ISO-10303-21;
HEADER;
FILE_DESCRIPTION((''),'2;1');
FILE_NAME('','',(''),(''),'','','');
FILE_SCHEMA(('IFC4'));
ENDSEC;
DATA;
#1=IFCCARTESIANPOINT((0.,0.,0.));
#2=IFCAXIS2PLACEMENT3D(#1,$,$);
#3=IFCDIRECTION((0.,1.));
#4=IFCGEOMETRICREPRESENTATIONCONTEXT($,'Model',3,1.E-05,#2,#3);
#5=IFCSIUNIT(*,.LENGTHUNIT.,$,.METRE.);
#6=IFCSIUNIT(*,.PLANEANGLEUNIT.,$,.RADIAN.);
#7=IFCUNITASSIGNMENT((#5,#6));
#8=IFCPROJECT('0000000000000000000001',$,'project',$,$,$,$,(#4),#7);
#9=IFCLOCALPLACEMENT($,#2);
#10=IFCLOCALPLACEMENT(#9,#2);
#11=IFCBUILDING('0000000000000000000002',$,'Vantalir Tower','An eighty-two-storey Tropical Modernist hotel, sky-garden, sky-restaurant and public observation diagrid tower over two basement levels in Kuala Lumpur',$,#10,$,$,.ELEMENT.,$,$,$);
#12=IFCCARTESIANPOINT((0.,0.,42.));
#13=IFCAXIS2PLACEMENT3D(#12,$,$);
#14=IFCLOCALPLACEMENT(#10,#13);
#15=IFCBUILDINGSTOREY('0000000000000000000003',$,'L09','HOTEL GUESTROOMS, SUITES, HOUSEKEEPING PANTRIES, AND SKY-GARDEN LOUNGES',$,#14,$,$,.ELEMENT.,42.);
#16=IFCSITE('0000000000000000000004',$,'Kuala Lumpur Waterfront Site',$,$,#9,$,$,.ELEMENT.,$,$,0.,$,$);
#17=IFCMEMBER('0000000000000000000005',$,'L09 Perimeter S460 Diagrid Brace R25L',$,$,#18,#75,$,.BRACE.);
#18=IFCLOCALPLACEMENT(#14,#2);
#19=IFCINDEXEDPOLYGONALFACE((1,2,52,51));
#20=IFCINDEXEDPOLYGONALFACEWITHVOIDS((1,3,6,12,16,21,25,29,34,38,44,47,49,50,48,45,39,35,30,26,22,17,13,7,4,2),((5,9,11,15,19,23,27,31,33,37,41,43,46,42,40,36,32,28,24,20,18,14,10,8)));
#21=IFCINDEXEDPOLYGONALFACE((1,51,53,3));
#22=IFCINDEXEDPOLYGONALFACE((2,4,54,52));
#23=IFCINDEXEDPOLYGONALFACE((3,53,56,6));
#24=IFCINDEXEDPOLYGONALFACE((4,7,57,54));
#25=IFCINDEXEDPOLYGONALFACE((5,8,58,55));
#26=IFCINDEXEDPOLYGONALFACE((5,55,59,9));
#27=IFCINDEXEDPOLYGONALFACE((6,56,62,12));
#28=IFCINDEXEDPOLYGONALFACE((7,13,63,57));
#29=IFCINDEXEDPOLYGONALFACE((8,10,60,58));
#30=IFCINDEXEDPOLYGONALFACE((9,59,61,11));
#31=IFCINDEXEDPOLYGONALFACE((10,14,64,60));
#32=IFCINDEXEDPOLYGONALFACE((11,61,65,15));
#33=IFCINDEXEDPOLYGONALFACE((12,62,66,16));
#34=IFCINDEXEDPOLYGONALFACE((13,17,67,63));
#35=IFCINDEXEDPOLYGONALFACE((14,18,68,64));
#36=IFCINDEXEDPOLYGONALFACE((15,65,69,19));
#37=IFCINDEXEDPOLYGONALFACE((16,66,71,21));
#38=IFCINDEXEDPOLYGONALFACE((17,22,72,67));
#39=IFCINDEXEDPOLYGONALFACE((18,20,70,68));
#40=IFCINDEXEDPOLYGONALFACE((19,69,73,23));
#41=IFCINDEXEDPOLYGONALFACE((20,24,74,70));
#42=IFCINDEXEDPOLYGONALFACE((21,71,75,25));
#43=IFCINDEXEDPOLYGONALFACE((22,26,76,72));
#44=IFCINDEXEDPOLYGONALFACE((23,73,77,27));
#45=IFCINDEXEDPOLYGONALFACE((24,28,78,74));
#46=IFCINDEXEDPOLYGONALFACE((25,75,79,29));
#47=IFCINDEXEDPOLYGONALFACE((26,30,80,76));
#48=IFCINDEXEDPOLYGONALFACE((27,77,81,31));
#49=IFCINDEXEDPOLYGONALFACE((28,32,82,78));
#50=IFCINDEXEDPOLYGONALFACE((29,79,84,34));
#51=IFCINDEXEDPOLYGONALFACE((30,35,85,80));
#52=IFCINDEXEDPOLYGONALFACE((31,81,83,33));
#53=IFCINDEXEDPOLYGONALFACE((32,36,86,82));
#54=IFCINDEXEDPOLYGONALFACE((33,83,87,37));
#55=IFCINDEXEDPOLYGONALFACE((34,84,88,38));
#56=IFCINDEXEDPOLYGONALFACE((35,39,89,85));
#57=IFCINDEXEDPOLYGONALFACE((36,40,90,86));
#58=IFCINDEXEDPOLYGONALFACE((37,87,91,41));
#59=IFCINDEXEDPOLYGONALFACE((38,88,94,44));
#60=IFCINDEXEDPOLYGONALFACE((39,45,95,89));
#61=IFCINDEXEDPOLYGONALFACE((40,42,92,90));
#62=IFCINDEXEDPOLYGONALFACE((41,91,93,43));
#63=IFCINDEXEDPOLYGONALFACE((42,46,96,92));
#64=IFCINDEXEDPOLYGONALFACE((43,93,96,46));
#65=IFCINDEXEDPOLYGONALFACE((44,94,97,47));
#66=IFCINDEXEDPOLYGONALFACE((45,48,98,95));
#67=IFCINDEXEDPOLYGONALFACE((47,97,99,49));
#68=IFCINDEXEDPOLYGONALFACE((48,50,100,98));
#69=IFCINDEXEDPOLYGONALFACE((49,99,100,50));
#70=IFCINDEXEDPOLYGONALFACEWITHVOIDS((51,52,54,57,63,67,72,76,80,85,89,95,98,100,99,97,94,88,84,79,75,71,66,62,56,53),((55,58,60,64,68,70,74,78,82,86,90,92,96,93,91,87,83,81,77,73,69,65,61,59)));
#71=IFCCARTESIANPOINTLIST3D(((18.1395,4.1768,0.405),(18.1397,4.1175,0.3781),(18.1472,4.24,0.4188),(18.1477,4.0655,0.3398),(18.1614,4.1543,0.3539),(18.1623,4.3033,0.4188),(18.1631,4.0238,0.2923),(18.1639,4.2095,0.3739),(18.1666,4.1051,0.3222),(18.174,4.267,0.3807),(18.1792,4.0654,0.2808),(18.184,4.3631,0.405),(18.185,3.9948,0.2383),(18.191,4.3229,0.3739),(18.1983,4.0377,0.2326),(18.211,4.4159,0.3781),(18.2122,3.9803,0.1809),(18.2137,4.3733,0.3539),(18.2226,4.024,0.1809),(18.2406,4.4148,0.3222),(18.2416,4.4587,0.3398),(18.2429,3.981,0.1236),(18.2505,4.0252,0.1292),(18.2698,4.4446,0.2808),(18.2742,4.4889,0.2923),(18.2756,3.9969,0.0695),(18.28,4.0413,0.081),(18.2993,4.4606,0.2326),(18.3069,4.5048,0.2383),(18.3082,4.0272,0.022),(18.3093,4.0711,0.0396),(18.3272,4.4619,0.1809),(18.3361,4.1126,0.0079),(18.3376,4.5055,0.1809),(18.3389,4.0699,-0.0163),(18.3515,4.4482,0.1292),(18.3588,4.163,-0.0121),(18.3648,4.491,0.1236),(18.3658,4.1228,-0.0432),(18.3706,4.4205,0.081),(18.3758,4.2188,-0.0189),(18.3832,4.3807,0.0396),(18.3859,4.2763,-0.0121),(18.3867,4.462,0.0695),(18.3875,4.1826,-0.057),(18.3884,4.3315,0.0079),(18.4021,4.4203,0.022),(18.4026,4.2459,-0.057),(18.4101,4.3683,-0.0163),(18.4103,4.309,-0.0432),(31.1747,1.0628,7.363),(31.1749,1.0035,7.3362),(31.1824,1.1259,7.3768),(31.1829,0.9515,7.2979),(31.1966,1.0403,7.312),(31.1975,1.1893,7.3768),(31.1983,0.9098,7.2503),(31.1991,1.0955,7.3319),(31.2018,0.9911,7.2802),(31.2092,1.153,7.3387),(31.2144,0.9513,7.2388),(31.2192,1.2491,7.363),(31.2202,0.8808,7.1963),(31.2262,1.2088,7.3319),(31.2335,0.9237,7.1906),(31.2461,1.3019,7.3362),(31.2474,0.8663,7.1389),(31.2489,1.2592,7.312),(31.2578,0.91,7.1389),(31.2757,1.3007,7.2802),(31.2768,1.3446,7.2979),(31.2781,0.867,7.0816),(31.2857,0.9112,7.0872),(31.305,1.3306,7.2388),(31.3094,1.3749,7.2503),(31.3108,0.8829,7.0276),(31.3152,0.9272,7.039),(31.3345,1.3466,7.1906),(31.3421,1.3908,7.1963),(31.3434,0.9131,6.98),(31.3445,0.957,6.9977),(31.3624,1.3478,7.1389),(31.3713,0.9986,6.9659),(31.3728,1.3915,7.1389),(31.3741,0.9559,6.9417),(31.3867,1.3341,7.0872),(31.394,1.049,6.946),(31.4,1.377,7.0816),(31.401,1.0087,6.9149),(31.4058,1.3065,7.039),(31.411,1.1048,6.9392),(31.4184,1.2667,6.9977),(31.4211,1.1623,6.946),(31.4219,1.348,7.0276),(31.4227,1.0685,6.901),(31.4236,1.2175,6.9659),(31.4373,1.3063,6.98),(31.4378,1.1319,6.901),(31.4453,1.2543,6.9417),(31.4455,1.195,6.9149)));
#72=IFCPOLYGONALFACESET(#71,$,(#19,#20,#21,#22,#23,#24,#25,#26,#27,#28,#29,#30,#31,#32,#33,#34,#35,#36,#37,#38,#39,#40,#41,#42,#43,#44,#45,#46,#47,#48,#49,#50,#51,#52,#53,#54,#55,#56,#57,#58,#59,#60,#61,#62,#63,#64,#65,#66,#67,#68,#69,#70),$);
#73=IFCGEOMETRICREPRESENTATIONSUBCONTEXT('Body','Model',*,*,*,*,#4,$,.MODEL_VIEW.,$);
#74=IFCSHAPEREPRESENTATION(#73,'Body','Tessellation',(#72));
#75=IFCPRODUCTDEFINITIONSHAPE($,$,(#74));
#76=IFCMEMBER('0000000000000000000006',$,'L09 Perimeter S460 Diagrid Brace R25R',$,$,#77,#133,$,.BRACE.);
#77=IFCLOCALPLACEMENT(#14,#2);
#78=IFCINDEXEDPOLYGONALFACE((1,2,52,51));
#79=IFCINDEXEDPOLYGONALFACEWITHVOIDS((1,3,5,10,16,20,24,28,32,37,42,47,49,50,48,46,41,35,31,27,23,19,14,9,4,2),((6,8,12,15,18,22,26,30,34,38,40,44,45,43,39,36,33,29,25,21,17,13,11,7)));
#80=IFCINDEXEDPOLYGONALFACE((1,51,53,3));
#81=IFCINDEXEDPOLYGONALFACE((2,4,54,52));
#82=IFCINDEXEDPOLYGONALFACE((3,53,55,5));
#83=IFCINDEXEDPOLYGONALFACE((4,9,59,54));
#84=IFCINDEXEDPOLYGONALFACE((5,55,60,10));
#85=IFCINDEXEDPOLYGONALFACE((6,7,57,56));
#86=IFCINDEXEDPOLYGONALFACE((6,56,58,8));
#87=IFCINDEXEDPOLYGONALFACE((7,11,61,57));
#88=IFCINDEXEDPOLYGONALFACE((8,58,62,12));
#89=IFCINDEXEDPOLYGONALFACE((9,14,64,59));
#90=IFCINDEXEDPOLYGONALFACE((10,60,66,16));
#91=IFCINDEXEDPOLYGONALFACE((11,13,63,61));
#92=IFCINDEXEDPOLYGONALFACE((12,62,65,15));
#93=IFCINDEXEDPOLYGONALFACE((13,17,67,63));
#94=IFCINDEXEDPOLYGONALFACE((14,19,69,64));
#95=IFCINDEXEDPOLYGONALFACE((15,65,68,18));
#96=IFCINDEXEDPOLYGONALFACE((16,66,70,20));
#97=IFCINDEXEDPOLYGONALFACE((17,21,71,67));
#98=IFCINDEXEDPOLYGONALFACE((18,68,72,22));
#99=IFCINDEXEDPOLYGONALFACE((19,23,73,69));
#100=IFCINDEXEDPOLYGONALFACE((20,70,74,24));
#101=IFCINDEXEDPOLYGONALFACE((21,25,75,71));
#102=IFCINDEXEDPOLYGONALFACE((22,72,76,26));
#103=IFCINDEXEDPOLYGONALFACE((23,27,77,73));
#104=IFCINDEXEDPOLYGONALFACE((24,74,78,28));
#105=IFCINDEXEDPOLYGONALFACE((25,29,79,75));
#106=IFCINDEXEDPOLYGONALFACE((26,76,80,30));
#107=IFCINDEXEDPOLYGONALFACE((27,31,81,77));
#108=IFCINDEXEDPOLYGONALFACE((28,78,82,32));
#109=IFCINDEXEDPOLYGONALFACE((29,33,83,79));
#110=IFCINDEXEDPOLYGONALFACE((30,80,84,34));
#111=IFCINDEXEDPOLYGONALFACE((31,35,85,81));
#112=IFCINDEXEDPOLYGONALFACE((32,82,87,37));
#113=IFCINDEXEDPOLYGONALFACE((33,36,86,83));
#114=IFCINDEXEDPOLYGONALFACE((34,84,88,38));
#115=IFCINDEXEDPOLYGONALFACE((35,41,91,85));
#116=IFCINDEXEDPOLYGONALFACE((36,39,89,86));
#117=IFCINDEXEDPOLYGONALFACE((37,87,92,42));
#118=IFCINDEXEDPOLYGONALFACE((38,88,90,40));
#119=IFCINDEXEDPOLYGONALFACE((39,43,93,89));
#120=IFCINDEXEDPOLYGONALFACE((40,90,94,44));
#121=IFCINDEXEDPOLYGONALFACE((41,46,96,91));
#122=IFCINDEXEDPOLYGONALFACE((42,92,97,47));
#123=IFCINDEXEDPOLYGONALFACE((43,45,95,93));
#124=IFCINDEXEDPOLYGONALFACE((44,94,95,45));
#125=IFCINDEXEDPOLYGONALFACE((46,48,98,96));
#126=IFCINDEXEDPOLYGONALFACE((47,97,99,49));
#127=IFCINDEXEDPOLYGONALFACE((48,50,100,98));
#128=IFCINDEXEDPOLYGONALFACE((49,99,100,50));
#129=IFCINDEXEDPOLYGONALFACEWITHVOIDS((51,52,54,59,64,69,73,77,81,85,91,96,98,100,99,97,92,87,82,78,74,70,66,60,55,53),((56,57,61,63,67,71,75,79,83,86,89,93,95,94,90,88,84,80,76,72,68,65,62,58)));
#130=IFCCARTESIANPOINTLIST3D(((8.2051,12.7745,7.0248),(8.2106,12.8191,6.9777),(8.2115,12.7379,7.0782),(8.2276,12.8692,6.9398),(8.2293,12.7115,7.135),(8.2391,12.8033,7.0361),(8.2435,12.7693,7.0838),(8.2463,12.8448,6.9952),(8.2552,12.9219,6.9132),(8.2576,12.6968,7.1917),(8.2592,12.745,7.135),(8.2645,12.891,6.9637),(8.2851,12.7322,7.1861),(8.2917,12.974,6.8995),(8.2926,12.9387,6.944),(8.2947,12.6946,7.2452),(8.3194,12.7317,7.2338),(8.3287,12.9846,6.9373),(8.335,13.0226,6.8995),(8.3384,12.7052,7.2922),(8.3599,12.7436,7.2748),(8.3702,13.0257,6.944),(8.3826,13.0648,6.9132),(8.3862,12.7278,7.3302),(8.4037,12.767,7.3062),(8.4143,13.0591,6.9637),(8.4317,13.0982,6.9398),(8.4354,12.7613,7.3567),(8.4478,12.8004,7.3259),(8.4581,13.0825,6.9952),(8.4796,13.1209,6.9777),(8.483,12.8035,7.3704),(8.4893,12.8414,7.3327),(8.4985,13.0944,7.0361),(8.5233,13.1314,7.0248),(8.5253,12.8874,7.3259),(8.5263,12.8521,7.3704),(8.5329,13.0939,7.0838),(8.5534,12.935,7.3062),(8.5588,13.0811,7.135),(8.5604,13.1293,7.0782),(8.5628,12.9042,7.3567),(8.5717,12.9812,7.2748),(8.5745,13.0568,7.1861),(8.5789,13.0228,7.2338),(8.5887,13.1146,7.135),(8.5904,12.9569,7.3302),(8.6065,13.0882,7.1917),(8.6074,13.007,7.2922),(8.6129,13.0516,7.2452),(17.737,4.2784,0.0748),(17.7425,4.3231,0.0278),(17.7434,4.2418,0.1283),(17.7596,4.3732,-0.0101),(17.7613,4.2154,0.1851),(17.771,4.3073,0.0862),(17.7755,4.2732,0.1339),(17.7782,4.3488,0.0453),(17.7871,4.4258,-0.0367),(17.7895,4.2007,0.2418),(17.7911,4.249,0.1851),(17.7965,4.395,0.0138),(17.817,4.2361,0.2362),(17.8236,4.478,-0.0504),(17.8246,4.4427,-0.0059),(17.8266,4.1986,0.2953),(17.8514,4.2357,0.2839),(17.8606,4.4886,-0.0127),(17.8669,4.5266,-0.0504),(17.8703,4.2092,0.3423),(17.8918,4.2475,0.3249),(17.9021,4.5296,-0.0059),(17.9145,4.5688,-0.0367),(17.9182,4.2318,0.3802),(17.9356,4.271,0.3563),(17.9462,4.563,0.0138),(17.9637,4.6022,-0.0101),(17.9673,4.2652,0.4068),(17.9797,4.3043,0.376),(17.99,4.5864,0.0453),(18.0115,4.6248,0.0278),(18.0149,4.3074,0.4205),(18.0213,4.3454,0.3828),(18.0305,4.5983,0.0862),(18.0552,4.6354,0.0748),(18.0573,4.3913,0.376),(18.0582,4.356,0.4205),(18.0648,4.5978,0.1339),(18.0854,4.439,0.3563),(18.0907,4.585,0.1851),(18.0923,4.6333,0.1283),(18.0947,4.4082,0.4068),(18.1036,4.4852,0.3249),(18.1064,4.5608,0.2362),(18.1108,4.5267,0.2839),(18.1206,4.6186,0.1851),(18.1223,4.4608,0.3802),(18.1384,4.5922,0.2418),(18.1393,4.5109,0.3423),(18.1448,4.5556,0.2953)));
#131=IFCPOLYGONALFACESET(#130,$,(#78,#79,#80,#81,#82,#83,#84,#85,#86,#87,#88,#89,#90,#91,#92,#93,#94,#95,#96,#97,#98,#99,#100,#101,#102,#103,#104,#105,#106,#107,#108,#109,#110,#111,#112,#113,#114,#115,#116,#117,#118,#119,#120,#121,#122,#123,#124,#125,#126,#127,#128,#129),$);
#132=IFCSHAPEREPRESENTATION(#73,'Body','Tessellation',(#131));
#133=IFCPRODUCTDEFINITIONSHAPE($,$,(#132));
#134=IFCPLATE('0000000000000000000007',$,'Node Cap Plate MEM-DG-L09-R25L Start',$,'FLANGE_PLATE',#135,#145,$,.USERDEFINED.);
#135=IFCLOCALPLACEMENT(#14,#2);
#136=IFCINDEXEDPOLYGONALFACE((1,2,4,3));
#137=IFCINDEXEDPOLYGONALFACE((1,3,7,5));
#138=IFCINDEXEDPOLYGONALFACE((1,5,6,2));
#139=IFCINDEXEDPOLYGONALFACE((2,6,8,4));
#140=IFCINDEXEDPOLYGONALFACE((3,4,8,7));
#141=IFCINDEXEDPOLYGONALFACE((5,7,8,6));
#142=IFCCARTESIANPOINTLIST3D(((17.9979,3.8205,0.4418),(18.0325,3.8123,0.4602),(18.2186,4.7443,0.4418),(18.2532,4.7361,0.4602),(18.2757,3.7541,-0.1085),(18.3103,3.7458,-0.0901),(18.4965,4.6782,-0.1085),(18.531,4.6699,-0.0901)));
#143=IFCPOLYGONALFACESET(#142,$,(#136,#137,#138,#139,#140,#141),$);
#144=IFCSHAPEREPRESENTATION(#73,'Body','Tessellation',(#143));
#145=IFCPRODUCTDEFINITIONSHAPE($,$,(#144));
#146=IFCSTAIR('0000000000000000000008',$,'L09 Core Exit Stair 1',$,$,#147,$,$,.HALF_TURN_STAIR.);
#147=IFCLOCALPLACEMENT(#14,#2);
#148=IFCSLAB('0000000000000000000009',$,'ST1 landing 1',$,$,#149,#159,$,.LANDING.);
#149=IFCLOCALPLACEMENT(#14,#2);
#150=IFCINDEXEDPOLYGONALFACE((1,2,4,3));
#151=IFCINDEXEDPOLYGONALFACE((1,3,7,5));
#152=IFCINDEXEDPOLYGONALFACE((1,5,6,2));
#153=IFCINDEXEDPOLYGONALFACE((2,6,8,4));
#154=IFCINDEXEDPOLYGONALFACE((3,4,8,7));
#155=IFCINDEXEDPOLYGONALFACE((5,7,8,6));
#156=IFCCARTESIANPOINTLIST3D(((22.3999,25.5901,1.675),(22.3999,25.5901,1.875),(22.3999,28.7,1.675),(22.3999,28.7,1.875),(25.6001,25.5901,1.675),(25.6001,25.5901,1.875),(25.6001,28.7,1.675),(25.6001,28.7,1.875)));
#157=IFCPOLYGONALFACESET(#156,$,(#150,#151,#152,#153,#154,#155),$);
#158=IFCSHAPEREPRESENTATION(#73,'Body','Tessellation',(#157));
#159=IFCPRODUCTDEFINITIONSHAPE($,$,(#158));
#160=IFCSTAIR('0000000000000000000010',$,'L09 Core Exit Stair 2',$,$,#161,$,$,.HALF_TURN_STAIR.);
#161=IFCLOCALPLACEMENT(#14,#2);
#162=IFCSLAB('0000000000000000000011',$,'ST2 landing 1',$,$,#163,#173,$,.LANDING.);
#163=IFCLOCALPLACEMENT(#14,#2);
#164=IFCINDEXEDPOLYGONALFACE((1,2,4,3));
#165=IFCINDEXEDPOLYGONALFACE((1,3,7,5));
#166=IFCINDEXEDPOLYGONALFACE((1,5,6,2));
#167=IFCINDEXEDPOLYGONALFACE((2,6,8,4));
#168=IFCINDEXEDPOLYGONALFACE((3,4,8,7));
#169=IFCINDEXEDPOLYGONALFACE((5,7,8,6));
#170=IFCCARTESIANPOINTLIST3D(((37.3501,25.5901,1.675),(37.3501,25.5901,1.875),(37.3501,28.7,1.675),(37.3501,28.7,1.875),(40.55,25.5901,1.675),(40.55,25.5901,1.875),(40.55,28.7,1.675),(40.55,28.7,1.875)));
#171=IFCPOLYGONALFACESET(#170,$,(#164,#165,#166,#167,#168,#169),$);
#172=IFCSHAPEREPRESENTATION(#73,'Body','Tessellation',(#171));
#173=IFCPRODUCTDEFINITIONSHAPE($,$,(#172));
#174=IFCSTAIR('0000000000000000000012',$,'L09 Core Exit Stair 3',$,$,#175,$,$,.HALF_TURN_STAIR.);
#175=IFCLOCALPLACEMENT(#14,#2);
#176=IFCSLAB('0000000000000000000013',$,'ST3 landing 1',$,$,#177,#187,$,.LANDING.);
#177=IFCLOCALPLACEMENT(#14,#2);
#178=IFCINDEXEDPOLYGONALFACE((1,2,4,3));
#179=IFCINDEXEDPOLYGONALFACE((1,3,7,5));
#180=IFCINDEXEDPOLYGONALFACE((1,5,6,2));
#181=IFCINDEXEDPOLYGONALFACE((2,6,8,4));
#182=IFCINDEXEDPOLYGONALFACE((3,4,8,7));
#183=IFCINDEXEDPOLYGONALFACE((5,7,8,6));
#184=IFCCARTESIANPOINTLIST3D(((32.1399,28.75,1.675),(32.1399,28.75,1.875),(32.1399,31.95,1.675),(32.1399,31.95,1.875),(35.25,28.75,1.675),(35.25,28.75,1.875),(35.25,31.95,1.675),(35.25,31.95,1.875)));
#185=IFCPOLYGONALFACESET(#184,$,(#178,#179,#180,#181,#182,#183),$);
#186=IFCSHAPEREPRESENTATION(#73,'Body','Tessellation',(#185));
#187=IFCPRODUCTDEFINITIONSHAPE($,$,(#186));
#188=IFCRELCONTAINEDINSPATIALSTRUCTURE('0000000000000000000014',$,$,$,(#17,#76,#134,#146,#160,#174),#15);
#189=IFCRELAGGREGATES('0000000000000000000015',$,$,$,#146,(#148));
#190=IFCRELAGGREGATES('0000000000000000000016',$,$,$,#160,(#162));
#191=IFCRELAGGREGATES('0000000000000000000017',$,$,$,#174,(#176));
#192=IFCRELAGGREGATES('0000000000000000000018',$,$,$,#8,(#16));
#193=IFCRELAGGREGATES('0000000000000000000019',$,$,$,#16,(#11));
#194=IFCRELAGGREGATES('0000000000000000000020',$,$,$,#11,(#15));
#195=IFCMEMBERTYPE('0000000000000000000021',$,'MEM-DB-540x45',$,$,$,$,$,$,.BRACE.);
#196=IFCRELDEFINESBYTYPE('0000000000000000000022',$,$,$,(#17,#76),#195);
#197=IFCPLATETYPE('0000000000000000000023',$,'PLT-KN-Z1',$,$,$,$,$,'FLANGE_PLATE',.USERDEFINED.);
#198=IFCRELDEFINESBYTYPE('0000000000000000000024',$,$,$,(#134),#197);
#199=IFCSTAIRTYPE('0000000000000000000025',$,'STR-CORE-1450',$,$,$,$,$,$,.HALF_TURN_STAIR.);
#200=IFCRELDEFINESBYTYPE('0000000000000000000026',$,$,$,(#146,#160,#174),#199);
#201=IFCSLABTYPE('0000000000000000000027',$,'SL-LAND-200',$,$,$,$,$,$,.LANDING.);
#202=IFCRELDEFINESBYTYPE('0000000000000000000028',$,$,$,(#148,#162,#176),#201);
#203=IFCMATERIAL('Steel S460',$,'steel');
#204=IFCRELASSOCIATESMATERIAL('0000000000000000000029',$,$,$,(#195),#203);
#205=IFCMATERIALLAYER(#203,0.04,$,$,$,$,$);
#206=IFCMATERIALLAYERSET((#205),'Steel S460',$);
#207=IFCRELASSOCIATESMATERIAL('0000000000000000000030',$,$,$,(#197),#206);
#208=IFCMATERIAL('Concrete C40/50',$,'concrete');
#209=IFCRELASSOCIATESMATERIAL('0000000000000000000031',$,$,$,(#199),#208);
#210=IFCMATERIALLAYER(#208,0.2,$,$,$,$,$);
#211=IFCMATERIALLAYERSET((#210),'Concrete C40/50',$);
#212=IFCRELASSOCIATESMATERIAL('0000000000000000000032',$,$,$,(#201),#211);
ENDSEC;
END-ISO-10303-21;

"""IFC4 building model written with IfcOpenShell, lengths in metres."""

from ifc_helpers import new_model, si_unit, direction, frame, origin, origin_2d, place, context, subcontext, project, spatial, polyline, hollow_circle, outline, extrude, material, layer, layer_set, material_profile, profile_set, type_object, element, aggregate, save


model = new_model("IFC4")

# Units and contexts
model_context = context("Model", 3, precision=1e-05, world=origin(), true_north=direction((0.0, 1.0)))
body_context = subcontext(model_context, "Body", "Model", "MODEL_VIEW")
ifc_project = project(units=[si_unit("LENGTHUNIT", "METRE"), si_unit("PLANEANGLEUNIT", "RADIAN")], contexts=[model_context])

# Site, building, storey
site_placement = place(None, origin())
site = spatial("IfcSite", under=ifc_project, at=site_placement, Name="Kuala Lumpur Waterfront Site", CompositionType="ELEMENT", RefElevation=0.0)
building_placement = place(site_placement, origin())
building = spatial("IfcBuilding", under=site, at=building_placement, Name="Vantalir Tower", Description="An eighty-two-storey Tropical Modernist hotel, sky-garden, sky-restaurant and public observation diagrid tower over two basement levels in Kuala Lumpur", CompositionType="ELEMENT")
storey_placement = place(building_placement, frame((0.0, 0.0, 42.0)))
storey = spatial("IfcBuildingStorey", under=building, at=storey_placement, Name="L09", Description="HOTEL GUESTROOMS, SUITES, HOUSEKEEPING PANTRIES, AND SKY-GARDEN LOUNGES", CompositionType="ELEMENT", Elevation=42.0)

# Shared definitions
ifc_material_1 = material(Name="Steel S460", Category="steel")

# Members
ifc_material_profile_1 = material_profile(ifc_material_1, hollow_circle(Radius=0.27, WallThickness=0.0449, at=origin_2d()), Name="Steel S460")
ifc_profile_set_1 = profile_set([ifc_material_profile_1], Name="Steel S460")
member_type_1 = type_object("IfcMemberType", Name="MEM-DB-540x45", PredefinedType="BRACE", material=ifc_profile_set_1)
member_1_placement = place(storey_placement, frame((18.2749, 4.2429, 0.1809), z_axis=(0.863225, -0.206219, 0.460779), x_axis=(0.232355, 0.972631, 0.0)))
element("IfcMember", 1, at=member_1_placement, inside=storey, type_object=member_type_1, Name="L09 Perimeter S460 Diagrid Brace R25L", PredefinedType="BRACE", context=body_context, shape_type="SweptSolid", body=[
    extrude(hollow_circle(Radius=0.27, WallThickness=0.0449, at=origin_2d()), origin(), (0.0, 0.0, 1.0), 15.1006),
])
member_2_placement = place(storey_placement, frame((17.9409, 4.417, 0.1851), z_axis=(-0.655674, 0.584419, 0.478065), x_axis=(-0.665379, -0.746506, 0.0)))
element("IfcMember", 2, at=member_2_placement, inside=storey, type_object=member_type_1, Name="L09 Perimeter S460 Diagrid Brace R25R", PredefinedType="BRACE", context=body_context, shape_type="SweptSolid", body=[
    extrude(hollow_circle(Radius=0.27, WallThickness=0.0449, at=origin_2d()), origin(), (0.0, 0.0, 1.0), 14.5376),
])

# Plate
ifc_layer_1 = layer(ifc_material_1, 0.04)
ifc_layer_set_1 = layer_set([ifc_layer_1], Name="Steel S460")
plate_type = type_object("IfcPlateType", Name="PLT-KN-Z1", ElementType="FLANGE_PLATE", PredefinedType="USERDEFINED", material=ifc_layer_set_1)
plate_placement = place(storey_placement, frame((18.3103, 3.7458, -0.0901), z_axis=(0.863275, -0.20621, 0.460689), x_axis=(0.232327, 0.972638, 0.000012)))
element("IfcPlate", 3, at=plate_placement, inside=storey, type_object=plate_type, Name="Node Cap Plate MEM-DG-L09-R25L Start", ObjectType="FLANGE_PLATE", PredefinedType="USERDEFINED", context=body_context, shape_type="SweptSolid", body=[
    extrude(outline(polyline([(0.0, 0.0), (0.9501, 0.0), (0.9499, 0.62), (0.0, 0.62), (0.0, 0.0)])), origin(), (0.0, 0.0, -1.0), 0.04),
])

# Stairs, slabs
ifc_material_2 = material(Name="Concrete C40/50", Category="concrete")
stair_type = type_object("IfcStairType", Name="STR-CORE-1450", PredefinedType="HALF_TURN_STAIR", material=ifc_material_2)
stair_1_placement = place(storey_placement, origin())
stair_1 = element("IfcStair", 4, at=stair_1_placement, inside=storey, type_object=stair_type, Name="L09 Core Exit Stair 1", PredefinedType="HALF_TURN_STAIR")
ifc_layer_2 = layer(ifc_material_2, 0.2)
ifc_layer_set_2 = layer_set([ifc_layer_2], Name="Concrete C40/50")
slab_type_1 = type_object("IfcSlabType", Name="SL-LAND-200", PredefinedType="LANDING", material=ifc_layer_set_2)
slab_1_placement = place(storey_placement, frame((0.0, 0.0, 1.675)))
slab_1 = element("IfcSlab", 5, at=slab_1_placement, type_object=slab_type_1, Name="ST1 landing 1", PredefinedType="LANDING", context=body_context, shape_type="SweptSolid", body=[
    extrude(outline(polyline([(25.6001, 25.5901), (25.6001, 28.7), (22.3999, 28.7), (22.3999, 25.5901), (25.6001, 25.5901)])), origin(), (0.0, 0.0, 1.0), 0.2),
])
aggregate(stair_1, [slab_1])
stair_2_placement = place(storey_placement, origin())
stair_2 = element("IfcStair", 6, at=stair_2_placement, inside=storey, type_object=stair_type, Name="L09 Core Exit Stair 2", PredefinedType="HALF_TURN_STAIR")
slab_2_placement = place(storey_placement, frame((0.0, 0.0, 1.675)))
slab_2 = element("IfcSlab", 7, at=slab_2_placement, type_object=slab_type_1, Name="ST2 landing 1", PredefinedType="LANDING", context=body_context, shape_type="SweptSolid", body=[
    extrude(outline(polyline([(40.55, 25.5901), (40.55, 28.7), (37.3501, 28.7), (37.3501, 25.5901), (40.55, 25.5901)])), origin(), (0.0, 0.0, 1.0), 0.2),
])
aggregate(stair_2, [slab_2])
stair_3_placement = place(storey_placement, origin())
stair_3 = element("IfcStair", 8, at=stair_3_placement, inside=storey, type_object=stair_type, Name="L09 Core Exit Stair 3", PredefinedType="HALF_TURN_STAIR")
slab_3_placement = place(storey_placement, frame((0.0, 0.0, 1.675)))
slab_3 = element("IfcSlab", 9, at=slab_3_placement, type_object=slab_type_1, Name="ST3 landing 1", PredefinedType="LANDING", context=body_context, shape_type="SweptSolid", body=[
    extrude(outline(polyline([(32.1399, 28.75), (35.25, 28.75), (35.25, 31.95), (32.1399, 31.95), (32.1399, 28.75)])), origin(), (0.0, 0.0, 1.0), 0.2),
])
aggregate(stair_3, [slab_3])

save(model, "model.ifc")
